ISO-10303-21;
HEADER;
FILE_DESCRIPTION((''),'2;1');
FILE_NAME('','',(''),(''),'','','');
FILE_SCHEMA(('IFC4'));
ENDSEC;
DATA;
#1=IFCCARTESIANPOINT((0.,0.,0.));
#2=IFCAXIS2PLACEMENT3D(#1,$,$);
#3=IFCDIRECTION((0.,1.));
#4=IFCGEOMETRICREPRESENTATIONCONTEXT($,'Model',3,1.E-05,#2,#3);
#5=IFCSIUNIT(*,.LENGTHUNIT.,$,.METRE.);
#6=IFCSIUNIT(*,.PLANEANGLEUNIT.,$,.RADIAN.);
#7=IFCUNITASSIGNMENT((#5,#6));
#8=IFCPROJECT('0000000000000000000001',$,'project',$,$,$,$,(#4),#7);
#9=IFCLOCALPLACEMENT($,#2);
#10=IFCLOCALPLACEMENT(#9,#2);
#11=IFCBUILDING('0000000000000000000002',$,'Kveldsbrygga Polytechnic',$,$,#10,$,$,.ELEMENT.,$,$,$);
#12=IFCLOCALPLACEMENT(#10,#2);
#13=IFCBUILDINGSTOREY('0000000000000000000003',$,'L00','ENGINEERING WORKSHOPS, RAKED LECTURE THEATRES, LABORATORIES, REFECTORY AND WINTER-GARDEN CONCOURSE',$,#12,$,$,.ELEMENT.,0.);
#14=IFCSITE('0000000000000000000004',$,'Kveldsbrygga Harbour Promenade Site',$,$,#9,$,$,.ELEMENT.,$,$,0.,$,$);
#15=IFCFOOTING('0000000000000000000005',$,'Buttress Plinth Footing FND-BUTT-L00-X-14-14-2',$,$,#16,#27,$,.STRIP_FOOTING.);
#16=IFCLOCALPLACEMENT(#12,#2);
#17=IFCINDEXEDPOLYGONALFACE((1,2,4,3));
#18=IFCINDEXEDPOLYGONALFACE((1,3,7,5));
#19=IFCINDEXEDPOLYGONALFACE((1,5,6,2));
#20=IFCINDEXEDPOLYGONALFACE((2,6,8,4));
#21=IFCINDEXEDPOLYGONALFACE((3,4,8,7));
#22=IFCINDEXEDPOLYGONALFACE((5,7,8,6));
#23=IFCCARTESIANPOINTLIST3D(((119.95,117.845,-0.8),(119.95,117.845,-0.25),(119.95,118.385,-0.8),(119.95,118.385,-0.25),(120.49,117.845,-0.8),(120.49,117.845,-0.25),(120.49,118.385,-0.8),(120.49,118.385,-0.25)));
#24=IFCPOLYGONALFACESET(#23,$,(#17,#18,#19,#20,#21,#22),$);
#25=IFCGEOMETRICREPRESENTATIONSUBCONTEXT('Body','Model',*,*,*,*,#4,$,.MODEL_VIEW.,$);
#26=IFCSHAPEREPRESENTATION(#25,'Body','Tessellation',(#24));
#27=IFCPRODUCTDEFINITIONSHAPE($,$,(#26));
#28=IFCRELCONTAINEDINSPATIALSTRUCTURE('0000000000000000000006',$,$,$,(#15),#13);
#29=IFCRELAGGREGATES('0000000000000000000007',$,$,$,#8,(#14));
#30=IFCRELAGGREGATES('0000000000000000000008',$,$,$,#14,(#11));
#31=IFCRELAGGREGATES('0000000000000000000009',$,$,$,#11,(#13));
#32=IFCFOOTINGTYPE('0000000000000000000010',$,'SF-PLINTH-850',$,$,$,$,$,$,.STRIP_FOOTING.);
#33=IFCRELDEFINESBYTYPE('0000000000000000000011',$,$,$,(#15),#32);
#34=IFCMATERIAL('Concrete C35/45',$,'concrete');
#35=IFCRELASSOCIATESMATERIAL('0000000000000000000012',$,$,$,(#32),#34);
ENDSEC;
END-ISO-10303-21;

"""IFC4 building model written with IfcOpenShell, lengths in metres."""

from ifc_helpers import new_model, si_unit, direction, frame, origin, place, context, subcontext, project, spatial, polyline, outline, extrude, material, type_object, element, save


model = new_model("IFC4")

# Units and contexts
model_context = context("Model", 3, precision=1e-05, world=origin(), true_north=direction((0.0, 1.0)))
body_context = subcontext(model_context, "Body", "Model", "MODEL_VIEW")
ifc_project = project(units=[si_unit("LENGTHUNIT", "METRE"), si_unit("PLANEANGLEUNIT", "RADIAN")], contexts=[model_context])

# Site, building, storey
site_placement = place(None, origin())
site = spatial("IfcSite", under=ifc_project, at=site_placement, Name="Kveldsbrygga Harbour Promenade Site", CompositionType="ELEMENT", RefElevation=0.0)
building_placement = place(site_placement, origin())
building = spatial("IfcBuilding", under=site, at=building_placement, Name="Kveldsbrygga Polytechnic", CompositionType="ELEMENT")
storey_placement = place(building_placement, origin())
storey = spatial("IfcBuildingStorey", under=building, at=storey_placement, Name="L00", Description="ENGINEERING WORKSHOPS, RAKED LECTURE THEATRES, LABORATORIES, REFECTORY AND WINTER-GARDEN CONCOURSE", CompositionType="ELEMENT", Elevation=0.0)

# Footing
ifc_material = material(Name="Concrete C35/45", Category="concrete")
footing_type = type_object("IfcFootingType", Name="SF-PLINTH-850", PredefinedType="STRIP_FOOTING", material=ifc_material)
footing_1_placement = place(storey_placement, frame((0.0, 0.0, -0.8)))
element("IfcFooting", 1, at=footing_1_placement, inside=storey, type_object=footing_type, Name="Buttress Plinth Footing FND-BUTT-L00-X-14-14-2", PredefinedType="STRIP_FOOTING", context=body_context, shape_type="SweptSolid", body=[
    extrude(outline(polyline([(119.95, 117.845), (120.49, 117.845), (120.49, 118.385), (119.95, 118.385), (119.95, 117.845)])), origin(), (0.0, 0.0, 1.0), 0.55),
])

save(model, "model.ifc")
